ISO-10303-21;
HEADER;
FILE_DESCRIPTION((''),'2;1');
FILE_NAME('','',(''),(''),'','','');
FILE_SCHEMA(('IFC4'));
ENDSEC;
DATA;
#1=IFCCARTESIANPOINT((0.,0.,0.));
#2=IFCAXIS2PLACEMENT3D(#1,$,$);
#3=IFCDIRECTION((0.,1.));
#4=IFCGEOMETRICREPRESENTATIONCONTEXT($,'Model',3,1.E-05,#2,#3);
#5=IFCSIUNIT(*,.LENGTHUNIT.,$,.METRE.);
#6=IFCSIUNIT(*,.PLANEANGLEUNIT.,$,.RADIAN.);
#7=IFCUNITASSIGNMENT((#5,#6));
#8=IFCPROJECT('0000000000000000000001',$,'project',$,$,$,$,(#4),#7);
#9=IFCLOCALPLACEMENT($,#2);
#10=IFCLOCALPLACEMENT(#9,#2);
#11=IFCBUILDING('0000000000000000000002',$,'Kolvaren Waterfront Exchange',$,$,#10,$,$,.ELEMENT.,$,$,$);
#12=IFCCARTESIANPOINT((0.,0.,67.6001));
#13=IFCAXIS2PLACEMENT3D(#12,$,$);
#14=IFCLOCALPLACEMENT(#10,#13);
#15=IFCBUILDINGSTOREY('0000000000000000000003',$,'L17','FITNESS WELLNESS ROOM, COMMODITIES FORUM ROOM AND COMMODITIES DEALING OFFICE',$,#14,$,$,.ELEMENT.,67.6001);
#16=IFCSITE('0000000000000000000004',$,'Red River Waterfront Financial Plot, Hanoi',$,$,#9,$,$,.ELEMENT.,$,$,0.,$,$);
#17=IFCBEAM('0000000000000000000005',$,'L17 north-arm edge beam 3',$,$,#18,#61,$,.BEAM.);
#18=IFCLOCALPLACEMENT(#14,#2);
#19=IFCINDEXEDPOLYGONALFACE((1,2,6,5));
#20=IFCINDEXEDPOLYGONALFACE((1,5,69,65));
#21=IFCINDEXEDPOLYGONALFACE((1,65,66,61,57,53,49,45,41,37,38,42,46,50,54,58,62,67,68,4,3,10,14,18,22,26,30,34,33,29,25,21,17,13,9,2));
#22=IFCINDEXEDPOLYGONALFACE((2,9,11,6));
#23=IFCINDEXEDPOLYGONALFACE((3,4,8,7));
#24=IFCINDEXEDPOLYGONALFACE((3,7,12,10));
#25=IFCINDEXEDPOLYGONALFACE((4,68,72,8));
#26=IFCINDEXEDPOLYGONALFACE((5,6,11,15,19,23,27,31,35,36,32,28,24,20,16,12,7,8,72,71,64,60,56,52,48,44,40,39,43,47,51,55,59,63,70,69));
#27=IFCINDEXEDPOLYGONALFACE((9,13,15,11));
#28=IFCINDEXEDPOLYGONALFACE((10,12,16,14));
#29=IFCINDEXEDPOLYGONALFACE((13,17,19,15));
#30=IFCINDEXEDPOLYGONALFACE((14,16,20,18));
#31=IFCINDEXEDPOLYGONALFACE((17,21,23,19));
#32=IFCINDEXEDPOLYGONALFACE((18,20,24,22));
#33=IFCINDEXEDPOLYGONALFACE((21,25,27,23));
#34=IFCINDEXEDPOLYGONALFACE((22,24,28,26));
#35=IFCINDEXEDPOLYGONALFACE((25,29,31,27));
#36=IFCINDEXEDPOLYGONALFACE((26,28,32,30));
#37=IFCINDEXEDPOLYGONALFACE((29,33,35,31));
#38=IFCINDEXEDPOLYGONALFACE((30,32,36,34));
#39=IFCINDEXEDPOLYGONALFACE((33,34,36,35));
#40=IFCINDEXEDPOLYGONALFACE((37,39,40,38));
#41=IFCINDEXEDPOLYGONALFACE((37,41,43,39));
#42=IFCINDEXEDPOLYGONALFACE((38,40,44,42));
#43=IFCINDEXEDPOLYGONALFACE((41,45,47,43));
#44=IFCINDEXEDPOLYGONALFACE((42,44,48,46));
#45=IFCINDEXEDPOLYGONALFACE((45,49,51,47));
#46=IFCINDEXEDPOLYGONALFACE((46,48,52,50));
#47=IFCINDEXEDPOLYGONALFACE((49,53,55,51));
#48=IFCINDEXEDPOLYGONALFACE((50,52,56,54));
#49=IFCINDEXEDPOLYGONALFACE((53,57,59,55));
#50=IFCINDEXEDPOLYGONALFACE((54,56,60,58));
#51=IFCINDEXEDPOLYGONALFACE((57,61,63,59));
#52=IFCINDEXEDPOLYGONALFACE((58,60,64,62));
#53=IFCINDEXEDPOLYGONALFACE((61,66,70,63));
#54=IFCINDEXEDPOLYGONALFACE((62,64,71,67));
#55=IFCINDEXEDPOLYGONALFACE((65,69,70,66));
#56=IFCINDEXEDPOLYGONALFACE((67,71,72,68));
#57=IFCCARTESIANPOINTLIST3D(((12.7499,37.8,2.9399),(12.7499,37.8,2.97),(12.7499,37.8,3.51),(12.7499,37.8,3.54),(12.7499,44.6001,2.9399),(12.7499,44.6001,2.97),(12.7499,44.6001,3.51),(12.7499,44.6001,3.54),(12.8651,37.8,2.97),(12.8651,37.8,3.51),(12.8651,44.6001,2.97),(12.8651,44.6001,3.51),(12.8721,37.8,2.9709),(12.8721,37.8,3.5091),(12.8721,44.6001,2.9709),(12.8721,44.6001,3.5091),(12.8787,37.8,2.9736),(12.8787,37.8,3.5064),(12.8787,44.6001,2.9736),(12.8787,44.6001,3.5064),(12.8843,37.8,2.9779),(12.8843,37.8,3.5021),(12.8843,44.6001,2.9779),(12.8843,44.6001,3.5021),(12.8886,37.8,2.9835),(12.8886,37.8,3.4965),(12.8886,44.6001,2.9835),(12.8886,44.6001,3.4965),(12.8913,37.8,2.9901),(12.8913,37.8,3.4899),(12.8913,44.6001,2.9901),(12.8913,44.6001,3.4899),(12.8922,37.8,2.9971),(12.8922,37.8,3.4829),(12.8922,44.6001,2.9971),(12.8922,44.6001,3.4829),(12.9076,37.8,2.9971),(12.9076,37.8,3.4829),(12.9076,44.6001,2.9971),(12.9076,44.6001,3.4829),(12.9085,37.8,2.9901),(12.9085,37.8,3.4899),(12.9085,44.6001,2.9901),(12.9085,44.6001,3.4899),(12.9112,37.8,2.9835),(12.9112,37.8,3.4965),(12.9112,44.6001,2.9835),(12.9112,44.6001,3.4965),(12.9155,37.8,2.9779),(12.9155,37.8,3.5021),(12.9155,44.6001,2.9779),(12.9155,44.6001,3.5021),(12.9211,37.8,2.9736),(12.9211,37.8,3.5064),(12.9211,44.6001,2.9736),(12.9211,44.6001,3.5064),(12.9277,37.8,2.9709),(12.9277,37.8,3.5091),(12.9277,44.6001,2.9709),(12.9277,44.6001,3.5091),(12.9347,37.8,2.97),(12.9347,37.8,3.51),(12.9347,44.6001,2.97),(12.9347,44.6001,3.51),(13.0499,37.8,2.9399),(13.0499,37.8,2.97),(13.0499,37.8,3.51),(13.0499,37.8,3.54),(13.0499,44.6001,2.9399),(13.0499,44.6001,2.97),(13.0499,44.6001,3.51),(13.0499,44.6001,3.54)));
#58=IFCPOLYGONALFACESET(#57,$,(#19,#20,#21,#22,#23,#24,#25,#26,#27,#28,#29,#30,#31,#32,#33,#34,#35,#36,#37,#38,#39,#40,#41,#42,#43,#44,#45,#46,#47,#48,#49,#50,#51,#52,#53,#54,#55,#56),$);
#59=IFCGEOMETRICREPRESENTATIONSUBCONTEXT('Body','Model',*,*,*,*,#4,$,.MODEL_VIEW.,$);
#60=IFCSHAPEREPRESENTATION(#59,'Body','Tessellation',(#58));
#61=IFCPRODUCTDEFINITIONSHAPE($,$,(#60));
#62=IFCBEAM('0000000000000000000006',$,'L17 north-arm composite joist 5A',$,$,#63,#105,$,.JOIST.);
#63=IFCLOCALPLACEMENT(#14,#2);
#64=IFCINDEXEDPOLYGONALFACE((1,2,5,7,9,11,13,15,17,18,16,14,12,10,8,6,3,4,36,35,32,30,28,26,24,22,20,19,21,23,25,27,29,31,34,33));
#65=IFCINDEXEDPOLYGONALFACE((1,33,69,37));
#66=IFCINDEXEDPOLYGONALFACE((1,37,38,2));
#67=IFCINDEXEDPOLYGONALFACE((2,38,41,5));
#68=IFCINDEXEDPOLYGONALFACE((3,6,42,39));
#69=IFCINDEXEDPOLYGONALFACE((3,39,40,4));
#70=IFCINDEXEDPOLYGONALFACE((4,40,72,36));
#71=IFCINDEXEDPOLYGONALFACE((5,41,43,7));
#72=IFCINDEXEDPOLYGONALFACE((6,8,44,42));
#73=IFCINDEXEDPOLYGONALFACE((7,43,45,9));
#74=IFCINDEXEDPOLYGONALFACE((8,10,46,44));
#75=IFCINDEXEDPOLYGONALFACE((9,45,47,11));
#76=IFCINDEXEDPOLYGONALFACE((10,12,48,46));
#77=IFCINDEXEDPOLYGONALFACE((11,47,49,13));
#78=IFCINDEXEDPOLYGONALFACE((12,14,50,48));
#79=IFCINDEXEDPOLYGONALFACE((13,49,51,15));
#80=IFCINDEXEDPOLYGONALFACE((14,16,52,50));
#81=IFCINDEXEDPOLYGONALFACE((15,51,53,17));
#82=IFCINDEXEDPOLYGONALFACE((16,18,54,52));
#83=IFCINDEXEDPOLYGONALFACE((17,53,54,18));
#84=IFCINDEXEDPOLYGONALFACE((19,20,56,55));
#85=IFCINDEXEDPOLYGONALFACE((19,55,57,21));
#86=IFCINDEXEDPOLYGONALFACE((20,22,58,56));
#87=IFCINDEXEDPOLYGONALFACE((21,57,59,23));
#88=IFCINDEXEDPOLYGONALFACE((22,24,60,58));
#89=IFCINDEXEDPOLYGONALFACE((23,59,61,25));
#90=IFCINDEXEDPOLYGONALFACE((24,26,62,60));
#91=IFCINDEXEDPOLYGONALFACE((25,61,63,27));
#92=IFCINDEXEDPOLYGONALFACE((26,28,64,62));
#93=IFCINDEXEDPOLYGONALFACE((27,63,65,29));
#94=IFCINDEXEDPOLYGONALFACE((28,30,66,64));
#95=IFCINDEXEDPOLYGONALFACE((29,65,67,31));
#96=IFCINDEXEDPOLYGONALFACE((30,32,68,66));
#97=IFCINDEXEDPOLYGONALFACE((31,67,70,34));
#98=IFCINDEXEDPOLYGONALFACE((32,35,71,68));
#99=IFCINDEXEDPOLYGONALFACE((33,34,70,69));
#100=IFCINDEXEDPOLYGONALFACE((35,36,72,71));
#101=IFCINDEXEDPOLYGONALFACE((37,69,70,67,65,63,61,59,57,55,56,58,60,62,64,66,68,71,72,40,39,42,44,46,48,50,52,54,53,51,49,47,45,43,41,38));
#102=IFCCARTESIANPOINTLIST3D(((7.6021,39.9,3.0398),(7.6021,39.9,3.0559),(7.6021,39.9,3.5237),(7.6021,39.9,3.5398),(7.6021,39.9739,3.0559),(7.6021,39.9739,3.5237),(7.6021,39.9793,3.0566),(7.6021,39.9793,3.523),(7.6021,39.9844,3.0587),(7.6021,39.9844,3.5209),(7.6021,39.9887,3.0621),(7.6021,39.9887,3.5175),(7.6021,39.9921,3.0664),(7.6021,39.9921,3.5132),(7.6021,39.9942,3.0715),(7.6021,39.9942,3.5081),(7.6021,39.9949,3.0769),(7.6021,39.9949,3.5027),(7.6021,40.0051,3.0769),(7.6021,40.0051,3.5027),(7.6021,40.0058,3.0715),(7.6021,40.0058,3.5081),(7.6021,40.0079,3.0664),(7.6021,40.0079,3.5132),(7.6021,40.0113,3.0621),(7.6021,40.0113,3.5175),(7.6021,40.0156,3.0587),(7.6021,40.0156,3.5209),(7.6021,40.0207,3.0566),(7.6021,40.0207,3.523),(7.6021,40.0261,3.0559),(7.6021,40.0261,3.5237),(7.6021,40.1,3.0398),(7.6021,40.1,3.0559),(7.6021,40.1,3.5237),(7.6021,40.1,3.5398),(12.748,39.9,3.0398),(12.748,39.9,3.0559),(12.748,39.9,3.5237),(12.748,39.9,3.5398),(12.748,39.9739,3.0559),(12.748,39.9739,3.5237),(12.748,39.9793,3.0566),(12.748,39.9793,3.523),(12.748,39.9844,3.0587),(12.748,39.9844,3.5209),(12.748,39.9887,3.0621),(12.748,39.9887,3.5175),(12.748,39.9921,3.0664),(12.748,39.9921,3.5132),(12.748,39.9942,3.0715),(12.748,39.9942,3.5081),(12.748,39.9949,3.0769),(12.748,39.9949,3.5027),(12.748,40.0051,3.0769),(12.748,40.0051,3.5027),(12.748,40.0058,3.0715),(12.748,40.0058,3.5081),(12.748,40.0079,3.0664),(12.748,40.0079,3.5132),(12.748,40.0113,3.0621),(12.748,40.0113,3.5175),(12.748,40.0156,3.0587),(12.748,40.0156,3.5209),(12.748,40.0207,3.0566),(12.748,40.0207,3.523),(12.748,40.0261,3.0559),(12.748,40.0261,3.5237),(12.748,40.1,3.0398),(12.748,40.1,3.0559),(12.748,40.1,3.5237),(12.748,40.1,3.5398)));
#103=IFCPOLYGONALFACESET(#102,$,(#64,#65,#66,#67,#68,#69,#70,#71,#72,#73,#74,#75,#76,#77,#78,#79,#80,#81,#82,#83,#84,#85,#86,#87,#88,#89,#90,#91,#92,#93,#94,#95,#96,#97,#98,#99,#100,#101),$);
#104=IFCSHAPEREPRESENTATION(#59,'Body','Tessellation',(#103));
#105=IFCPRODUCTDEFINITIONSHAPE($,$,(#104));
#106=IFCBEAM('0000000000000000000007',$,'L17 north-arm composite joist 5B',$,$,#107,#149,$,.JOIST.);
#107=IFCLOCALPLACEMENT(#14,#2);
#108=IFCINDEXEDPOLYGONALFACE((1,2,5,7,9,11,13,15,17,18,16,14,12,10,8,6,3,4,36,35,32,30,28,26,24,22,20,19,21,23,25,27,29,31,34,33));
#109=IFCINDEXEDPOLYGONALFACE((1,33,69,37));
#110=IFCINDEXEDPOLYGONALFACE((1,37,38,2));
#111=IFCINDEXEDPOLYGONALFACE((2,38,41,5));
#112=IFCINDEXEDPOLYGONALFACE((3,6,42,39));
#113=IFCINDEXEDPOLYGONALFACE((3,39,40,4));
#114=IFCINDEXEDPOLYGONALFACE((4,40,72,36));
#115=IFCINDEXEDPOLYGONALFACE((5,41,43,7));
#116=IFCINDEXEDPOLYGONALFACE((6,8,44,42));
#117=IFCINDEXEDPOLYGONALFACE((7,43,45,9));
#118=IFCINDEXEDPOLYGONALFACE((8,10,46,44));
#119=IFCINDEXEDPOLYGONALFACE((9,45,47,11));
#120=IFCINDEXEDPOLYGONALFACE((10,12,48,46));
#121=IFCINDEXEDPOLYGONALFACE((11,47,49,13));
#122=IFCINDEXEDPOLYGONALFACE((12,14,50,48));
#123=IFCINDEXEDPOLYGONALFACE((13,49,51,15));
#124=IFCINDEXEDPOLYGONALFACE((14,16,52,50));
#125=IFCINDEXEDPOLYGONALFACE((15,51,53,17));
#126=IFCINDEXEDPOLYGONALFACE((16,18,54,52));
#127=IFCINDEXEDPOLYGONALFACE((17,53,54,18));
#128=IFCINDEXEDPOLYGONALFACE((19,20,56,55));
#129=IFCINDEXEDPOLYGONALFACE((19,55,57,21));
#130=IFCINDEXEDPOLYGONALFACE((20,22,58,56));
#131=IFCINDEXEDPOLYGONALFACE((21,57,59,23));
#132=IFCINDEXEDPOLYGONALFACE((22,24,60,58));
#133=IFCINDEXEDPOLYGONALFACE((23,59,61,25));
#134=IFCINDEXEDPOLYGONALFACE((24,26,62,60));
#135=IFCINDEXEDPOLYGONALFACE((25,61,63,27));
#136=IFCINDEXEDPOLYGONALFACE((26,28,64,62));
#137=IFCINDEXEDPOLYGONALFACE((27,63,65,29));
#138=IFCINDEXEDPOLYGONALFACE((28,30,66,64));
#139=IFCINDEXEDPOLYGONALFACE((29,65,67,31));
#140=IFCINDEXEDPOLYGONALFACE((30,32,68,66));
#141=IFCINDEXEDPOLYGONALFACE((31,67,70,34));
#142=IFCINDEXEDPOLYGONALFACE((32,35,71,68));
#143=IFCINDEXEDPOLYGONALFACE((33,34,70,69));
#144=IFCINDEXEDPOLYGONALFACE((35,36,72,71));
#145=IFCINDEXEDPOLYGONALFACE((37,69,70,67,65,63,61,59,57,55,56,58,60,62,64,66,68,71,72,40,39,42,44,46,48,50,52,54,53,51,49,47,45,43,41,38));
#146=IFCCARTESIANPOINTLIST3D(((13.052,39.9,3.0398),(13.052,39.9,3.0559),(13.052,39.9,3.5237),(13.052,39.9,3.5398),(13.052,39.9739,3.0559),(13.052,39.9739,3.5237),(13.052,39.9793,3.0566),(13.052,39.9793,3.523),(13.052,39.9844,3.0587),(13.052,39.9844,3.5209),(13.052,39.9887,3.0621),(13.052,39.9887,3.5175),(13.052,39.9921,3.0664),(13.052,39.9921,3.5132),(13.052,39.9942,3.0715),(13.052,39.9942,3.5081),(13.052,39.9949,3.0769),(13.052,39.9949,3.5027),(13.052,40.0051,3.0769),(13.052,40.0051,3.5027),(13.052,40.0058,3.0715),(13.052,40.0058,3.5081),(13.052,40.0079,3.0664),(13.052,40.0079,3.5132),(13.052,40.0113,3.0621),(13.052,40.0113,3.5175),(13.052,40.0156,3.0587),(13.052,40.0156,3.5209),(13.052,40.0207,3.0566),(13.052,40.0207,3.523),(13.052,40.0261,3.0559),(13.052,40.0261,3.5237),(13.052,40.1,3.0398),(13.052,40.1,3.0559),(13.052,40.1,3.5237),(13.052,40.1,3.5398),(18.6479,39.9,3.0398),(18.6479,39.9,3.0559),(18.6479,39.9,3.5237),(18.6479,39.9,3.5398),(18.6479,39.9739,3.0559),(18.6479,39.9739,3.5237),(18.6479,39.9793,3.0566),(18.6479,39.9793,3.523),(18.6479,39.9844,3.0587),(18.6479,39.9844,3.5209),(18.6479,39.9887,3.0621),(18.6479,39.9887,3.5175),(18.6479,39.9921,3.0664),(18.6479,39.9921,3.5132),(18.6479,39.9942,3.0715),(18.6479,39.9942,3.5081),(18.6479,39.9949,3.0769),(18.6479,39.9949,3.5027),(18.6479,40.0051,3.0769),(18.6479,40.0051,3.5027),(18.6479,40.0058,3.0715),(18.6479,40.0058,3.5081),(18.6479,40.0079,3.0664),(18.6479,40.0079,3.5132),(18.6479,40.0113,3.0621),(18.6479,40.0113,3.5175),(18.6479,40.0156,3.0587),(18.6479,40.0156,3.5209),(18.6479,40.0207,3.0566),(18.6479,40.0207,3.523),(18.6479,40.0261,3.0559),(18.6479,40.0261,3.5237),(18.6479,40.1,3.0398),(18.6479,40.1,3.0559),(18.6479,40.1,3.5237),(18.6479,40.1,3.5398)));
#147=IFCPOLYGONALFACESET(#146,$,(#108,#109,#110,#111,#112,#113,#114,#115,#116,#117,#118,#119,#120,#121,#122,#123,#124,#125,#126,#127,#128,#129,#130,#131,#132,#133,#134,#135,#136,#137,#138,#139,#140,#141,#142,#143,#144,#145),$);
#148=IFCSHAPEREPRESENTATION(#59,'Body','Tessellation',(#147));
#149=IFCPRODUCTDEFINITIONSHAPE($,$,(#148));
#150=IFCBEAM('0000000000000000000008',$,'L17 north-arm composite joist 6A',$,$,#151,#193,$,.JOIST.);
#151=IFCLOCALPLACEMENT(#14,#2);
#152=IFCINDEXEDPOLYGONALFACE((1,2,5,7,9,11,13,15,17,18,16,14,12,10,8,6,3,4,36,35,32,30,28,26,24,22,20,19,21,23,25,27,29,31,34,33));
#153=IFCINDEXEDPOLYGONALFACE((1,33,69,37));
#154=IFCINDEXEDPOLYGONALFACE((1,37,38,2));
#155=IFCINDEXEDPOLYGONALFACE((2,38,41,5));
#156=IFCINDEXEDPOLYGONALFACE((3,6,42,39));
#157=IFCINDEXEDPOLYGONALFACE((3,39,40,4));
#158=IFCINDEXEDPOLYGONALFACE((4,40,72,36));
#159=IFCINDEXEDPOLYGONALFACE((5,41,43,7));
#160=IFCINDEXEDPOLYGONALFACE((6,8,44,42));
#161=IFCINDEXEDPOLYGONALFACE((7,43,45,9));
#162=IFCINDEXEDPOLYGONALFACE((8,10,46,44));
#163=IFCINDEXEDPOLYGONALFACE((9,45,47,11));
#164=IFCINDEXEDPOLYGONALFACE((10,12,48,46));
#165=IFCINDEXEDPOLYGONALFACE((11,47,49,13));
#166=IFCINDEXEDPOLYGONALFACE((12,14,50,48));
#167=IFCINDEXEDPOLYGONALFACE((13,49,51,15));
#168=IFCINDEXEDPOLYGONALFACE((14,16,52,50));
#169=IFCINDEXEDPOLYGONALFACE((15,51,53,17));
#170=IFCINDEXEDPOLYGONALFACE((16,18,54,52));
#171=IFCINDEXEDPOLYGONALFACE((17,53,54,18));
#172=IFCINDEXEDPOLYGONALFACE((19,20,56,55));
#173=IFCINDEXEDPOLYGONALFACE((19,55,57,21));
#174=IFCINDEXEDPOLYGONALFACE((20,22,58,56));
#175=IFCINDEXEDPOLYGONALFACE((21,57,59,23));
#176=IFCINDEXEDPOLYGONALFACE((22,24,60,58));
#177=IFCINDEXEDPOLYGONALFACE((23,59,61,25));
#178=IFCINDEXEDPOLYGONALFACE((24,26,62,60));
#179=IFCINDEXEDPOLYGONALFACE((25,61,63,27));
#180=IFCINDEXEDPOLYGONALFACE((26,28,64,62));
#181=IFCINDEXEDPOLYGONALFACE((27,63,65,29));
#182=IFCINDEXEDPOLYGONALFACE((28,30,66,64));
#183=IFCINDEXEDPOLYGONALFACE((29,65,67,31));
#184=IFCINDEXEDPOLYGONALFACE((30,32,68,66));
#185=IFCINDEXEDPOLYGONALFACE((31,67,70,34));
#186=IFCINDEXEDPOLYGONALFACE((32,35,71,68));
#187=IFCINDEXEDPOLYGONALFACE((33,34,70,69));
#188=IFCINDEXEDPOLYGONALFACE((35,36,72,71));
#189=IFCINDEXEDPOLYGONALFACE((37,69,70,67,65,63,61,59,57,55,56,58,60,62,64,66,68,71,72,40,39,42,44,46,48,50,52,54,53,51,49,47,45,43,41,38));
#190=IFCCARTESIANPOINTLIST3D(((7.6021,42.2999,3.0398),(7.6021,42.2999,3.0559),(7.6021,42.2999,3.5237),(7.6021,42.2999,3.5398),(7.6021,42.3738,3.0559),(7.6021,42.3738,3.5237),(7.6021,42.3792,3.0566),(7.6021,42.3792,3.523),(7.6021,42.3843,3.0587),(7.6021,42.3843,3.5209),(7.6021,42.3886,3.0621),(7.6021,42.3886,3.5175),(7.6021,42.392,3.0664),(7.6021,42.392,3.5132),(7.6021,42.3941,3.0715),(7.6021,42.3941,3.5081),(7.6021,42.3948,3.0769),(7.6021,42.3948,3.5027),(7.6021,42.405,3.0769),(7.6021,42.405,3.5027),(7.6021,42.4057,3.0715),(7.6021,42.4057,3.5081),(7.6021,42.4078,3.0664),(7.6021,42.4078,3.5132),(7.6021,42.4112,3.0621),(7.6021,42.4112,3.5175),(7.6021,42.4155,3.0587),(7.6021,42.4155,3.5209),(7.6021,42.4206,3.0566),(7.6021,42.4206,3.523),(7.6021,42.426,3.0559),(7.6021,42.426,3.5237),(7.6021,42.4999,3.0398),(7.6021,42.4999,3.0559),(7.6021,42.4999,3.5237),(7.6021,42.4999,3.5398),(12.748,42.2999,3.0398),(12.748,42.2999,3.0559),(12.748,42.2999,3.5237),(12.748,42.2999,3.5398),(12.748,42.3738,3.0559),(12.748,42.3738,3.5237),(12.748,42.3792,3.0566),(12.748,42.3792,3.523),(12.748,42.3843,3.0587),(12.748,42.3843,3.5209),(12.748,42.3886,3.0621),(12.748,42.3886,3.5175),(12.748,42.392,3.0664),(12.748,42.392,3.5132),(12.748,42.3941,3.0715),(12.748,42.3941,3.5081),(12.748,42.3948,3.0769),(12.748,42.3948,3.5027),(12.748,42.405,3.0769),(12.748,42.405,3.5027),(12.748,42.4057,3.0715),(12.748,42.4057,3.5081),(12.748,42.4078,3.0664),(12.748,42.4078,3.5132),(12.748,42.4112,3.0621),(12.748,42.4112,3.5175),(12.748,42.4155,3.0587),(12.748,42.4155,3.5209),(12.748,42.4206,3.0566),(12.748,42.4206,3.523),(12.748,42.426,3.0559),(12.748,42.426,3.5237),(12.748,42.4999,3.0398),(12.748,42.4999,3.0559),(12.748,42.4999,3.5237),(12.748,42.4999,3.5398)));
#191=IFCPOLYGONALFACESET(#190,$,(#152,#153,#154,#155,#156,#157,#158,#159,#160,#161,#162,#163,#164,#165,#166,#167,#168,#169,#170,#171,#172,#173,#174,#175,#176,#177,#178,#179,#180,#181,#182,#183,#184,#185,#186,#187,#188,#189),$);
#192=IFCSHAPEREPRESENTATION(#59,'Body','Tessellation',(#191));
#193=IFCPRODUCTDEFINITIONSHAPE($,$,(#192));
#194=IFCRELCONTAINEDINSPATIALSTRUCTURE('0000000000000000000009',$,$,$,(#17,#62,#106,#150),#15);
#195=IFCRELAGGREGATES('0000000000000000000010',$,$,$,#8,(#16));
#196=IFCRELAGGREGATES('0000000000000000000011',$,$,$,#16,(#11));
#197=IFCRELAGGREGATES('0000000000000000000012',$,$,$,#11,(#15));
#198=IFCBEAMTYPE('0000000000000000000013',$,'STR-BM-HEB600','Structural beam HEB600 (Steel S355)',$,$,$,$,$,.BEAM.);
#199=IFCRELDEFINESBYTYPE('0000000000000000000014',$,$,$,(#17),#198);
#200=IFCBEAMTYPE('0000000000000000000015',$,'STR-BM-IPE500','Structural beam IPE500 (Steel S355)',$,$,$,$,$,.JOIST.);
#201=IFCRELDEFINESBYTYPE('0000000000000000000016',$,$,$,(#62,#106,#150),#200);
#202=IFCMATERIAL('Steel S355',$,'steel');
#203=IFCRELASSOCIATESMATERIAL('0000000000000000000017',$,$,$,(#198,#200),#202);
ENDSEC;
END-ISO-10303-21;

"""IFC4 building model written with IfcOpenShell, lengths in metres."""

from ifc_helpers import new_model, si_unit, direction, frame, origin, origin_2d, place, context, subcontext, project, spatial, i_section, extrude, material, material_profile, profile_set, type_object, element, save


model = new_model("IFC4")

# Units and contexts
model_context = context("Model", 3, precision=1e-05, world=origin(), true_north=direction((0.0, 1.0)))
body_context = subcontext(model_context, "Body", "Model", "MODEL_VIEW")
ifc_project = project(units=[si_unit("LENGTHUNIT", "METRE"), si_unit("PLANEANGLEUNIT", "RADIAN")], contexts=[model_context])

# Site, building, storey
site_placement = place(None, origin())
site = spatial("IfcSite", under=ifc_project, at=site_placement, Name="Red River Waterfront Financial Plot, Hanoi", CompositionType="ELEMENT", RefElevation=0.0)
building_placement = place(site_placement, origin())
building = spatial("IfcBuilding", under=site, at=building_placement, Name="Kolvaren Waterfront Exchange", CompositionType="ELEMENT")
storey_placement = place(building_placement, frame((0.0, 0.0, 67.6001)))
storey = spatial("IfcBuildingStorey", under=building, at=storey_placement, Name="L17", Description="FITNESS WELLNESS ROOM, COMMODITIES FORUM ROOM AND COMMODITIES DEALING OFFICE", CompositionType="ELEMENT", Elevation=67.6001)

# Beams
ifc_material_1 = material(Name="Steel S355", Category="steel")
ifc_material_profile_1 = material_profile(ifc_material_1, i_section(OverallWidth=0.3, OverallDepth=0.6001, WebThickness=0.0154, FlangeThickness=0.03, FilletRadius=0.0271, at=origin_2d()), Name="HEB600")
ifc_profile_set_1 = profile_set([ifc_material_profile_1], Name="Steel S355")
beam_type_1 = type_object("IfcBeamType", Name="STR-BM-HEB600", Description="Structural beam HEB600 (Steel S355)", PredefinedType="BEAM", material=ifc_profile_set_1)
beam_1_placement = place(storey_placement, frame((12.8999, 37.8, 3.24), z_axis=(0.0, 1.0, 0.0), x_axis=(-1.0, 0.0, 0.0)))
element("IfcBeam", 1, at=beam_1_placement, inside=storey, type_object=beam_type_1, Name="L17 north-arm edge beam 3", PredefinedType="BEAM", context=body_context, shape_type="SweptSolid", body=[
    extrude(i_section(OverallWidth=0.3, OverallDepth=0.6001, WebThickness=0.0154, FlangeThickness=0.03, FilletRadius=0.0271, at=origin_2d()), origin(), (0.0, 0.0, 1.0), 6.8),
])
ifc_material_profile_2 = material_profile(ifc_material_1, i_section(OverallWidth=0.2, OverallDepth=0.5, WebThickness=0.0103, FlangeThickness=0.0161, FilletRadius=0.021, at=origin_2d()), Name="IPE500")
ifc_profile_set_2 = profile_set([ifc_material_profile_2], Name="Steel S355")
beam_type_2 = type_object("IfcBeamType", Name="STR-BM-IPE500", Description="Structural beam IPE500 (Steel S355)", PredefinedType="JOIST", material=ifc_profile_set_2)
beam_2_placement = place(storey_placement, frame((7.6021, 40.0, 3.2898), z_axis=(1.0, 0.0, 0.0), x_axis=(0.0, 1.0, 0.0)))
element("IfcBeam", 2, at=beam_2_placement, inside=storey, type_object=beam_type_2, Name="L17 north-arm composite joist 5A", PredefinedType="JOIST", context=body_context, shape_type="SweptSolid", body=[
    extrude(i_section(OverallWidth=0.2, OverallDepth=0.5, WebThickness=0.0103, FlangeThickness=0.0161, FilletRadius=0.021, at=origin_2d()), origin(), (0.0, 0.0, 1.0), 5.146),
])
beam_3_placement = place(storey_placement, frame((13.052, 40.0, 3.2898), z_axis=(1.0, 0.0, 0.0), x_axis=(0.0, 1.0, 0.0)))
element("IfcBeam", 3, at=beam_3_placement, inside=storey, type_object=beam_type_2, Name="L17 north-arm composite joist 5B", PredefinedType="JOIST", context=body_context, shape_type="SweptSolid", body=[
    extrude(i_section(OverallWidth=0.2, OverallDepth=0.5, WebThickness=0.0103, FlangeThickness=0.0161, FilletRadius=0.021, at=origin_2d()), origin(), (0.0, 0.0, 1.0), 5.5959),
])
beam_4_placement = place(storey_placement, frame((7.6021, 42.3999, 3.2898), z_axis=(1.0, 0.0, 0.0), x_axis=(0.0, 1.0, 0.0)))
element("IfcBeam", 4, at=beam_4_placement, inside=storey, type_object=beam_type_2, Name="L17 north-arm composite joist 6A", PredefinedType="JOIST", context=body_context, shape_type="SweptSolid", body=[
    extrude(i_section(OverallWidth=0.2, OverallDepth=0.5, WebThickness=0.0103, FlangeThickness=0.0161, FilletRadius=0.021, at=origin_2d()), origin(), (0.0, 0.0, 1.0), 5.146),
])

save(model, "model.ifc")
